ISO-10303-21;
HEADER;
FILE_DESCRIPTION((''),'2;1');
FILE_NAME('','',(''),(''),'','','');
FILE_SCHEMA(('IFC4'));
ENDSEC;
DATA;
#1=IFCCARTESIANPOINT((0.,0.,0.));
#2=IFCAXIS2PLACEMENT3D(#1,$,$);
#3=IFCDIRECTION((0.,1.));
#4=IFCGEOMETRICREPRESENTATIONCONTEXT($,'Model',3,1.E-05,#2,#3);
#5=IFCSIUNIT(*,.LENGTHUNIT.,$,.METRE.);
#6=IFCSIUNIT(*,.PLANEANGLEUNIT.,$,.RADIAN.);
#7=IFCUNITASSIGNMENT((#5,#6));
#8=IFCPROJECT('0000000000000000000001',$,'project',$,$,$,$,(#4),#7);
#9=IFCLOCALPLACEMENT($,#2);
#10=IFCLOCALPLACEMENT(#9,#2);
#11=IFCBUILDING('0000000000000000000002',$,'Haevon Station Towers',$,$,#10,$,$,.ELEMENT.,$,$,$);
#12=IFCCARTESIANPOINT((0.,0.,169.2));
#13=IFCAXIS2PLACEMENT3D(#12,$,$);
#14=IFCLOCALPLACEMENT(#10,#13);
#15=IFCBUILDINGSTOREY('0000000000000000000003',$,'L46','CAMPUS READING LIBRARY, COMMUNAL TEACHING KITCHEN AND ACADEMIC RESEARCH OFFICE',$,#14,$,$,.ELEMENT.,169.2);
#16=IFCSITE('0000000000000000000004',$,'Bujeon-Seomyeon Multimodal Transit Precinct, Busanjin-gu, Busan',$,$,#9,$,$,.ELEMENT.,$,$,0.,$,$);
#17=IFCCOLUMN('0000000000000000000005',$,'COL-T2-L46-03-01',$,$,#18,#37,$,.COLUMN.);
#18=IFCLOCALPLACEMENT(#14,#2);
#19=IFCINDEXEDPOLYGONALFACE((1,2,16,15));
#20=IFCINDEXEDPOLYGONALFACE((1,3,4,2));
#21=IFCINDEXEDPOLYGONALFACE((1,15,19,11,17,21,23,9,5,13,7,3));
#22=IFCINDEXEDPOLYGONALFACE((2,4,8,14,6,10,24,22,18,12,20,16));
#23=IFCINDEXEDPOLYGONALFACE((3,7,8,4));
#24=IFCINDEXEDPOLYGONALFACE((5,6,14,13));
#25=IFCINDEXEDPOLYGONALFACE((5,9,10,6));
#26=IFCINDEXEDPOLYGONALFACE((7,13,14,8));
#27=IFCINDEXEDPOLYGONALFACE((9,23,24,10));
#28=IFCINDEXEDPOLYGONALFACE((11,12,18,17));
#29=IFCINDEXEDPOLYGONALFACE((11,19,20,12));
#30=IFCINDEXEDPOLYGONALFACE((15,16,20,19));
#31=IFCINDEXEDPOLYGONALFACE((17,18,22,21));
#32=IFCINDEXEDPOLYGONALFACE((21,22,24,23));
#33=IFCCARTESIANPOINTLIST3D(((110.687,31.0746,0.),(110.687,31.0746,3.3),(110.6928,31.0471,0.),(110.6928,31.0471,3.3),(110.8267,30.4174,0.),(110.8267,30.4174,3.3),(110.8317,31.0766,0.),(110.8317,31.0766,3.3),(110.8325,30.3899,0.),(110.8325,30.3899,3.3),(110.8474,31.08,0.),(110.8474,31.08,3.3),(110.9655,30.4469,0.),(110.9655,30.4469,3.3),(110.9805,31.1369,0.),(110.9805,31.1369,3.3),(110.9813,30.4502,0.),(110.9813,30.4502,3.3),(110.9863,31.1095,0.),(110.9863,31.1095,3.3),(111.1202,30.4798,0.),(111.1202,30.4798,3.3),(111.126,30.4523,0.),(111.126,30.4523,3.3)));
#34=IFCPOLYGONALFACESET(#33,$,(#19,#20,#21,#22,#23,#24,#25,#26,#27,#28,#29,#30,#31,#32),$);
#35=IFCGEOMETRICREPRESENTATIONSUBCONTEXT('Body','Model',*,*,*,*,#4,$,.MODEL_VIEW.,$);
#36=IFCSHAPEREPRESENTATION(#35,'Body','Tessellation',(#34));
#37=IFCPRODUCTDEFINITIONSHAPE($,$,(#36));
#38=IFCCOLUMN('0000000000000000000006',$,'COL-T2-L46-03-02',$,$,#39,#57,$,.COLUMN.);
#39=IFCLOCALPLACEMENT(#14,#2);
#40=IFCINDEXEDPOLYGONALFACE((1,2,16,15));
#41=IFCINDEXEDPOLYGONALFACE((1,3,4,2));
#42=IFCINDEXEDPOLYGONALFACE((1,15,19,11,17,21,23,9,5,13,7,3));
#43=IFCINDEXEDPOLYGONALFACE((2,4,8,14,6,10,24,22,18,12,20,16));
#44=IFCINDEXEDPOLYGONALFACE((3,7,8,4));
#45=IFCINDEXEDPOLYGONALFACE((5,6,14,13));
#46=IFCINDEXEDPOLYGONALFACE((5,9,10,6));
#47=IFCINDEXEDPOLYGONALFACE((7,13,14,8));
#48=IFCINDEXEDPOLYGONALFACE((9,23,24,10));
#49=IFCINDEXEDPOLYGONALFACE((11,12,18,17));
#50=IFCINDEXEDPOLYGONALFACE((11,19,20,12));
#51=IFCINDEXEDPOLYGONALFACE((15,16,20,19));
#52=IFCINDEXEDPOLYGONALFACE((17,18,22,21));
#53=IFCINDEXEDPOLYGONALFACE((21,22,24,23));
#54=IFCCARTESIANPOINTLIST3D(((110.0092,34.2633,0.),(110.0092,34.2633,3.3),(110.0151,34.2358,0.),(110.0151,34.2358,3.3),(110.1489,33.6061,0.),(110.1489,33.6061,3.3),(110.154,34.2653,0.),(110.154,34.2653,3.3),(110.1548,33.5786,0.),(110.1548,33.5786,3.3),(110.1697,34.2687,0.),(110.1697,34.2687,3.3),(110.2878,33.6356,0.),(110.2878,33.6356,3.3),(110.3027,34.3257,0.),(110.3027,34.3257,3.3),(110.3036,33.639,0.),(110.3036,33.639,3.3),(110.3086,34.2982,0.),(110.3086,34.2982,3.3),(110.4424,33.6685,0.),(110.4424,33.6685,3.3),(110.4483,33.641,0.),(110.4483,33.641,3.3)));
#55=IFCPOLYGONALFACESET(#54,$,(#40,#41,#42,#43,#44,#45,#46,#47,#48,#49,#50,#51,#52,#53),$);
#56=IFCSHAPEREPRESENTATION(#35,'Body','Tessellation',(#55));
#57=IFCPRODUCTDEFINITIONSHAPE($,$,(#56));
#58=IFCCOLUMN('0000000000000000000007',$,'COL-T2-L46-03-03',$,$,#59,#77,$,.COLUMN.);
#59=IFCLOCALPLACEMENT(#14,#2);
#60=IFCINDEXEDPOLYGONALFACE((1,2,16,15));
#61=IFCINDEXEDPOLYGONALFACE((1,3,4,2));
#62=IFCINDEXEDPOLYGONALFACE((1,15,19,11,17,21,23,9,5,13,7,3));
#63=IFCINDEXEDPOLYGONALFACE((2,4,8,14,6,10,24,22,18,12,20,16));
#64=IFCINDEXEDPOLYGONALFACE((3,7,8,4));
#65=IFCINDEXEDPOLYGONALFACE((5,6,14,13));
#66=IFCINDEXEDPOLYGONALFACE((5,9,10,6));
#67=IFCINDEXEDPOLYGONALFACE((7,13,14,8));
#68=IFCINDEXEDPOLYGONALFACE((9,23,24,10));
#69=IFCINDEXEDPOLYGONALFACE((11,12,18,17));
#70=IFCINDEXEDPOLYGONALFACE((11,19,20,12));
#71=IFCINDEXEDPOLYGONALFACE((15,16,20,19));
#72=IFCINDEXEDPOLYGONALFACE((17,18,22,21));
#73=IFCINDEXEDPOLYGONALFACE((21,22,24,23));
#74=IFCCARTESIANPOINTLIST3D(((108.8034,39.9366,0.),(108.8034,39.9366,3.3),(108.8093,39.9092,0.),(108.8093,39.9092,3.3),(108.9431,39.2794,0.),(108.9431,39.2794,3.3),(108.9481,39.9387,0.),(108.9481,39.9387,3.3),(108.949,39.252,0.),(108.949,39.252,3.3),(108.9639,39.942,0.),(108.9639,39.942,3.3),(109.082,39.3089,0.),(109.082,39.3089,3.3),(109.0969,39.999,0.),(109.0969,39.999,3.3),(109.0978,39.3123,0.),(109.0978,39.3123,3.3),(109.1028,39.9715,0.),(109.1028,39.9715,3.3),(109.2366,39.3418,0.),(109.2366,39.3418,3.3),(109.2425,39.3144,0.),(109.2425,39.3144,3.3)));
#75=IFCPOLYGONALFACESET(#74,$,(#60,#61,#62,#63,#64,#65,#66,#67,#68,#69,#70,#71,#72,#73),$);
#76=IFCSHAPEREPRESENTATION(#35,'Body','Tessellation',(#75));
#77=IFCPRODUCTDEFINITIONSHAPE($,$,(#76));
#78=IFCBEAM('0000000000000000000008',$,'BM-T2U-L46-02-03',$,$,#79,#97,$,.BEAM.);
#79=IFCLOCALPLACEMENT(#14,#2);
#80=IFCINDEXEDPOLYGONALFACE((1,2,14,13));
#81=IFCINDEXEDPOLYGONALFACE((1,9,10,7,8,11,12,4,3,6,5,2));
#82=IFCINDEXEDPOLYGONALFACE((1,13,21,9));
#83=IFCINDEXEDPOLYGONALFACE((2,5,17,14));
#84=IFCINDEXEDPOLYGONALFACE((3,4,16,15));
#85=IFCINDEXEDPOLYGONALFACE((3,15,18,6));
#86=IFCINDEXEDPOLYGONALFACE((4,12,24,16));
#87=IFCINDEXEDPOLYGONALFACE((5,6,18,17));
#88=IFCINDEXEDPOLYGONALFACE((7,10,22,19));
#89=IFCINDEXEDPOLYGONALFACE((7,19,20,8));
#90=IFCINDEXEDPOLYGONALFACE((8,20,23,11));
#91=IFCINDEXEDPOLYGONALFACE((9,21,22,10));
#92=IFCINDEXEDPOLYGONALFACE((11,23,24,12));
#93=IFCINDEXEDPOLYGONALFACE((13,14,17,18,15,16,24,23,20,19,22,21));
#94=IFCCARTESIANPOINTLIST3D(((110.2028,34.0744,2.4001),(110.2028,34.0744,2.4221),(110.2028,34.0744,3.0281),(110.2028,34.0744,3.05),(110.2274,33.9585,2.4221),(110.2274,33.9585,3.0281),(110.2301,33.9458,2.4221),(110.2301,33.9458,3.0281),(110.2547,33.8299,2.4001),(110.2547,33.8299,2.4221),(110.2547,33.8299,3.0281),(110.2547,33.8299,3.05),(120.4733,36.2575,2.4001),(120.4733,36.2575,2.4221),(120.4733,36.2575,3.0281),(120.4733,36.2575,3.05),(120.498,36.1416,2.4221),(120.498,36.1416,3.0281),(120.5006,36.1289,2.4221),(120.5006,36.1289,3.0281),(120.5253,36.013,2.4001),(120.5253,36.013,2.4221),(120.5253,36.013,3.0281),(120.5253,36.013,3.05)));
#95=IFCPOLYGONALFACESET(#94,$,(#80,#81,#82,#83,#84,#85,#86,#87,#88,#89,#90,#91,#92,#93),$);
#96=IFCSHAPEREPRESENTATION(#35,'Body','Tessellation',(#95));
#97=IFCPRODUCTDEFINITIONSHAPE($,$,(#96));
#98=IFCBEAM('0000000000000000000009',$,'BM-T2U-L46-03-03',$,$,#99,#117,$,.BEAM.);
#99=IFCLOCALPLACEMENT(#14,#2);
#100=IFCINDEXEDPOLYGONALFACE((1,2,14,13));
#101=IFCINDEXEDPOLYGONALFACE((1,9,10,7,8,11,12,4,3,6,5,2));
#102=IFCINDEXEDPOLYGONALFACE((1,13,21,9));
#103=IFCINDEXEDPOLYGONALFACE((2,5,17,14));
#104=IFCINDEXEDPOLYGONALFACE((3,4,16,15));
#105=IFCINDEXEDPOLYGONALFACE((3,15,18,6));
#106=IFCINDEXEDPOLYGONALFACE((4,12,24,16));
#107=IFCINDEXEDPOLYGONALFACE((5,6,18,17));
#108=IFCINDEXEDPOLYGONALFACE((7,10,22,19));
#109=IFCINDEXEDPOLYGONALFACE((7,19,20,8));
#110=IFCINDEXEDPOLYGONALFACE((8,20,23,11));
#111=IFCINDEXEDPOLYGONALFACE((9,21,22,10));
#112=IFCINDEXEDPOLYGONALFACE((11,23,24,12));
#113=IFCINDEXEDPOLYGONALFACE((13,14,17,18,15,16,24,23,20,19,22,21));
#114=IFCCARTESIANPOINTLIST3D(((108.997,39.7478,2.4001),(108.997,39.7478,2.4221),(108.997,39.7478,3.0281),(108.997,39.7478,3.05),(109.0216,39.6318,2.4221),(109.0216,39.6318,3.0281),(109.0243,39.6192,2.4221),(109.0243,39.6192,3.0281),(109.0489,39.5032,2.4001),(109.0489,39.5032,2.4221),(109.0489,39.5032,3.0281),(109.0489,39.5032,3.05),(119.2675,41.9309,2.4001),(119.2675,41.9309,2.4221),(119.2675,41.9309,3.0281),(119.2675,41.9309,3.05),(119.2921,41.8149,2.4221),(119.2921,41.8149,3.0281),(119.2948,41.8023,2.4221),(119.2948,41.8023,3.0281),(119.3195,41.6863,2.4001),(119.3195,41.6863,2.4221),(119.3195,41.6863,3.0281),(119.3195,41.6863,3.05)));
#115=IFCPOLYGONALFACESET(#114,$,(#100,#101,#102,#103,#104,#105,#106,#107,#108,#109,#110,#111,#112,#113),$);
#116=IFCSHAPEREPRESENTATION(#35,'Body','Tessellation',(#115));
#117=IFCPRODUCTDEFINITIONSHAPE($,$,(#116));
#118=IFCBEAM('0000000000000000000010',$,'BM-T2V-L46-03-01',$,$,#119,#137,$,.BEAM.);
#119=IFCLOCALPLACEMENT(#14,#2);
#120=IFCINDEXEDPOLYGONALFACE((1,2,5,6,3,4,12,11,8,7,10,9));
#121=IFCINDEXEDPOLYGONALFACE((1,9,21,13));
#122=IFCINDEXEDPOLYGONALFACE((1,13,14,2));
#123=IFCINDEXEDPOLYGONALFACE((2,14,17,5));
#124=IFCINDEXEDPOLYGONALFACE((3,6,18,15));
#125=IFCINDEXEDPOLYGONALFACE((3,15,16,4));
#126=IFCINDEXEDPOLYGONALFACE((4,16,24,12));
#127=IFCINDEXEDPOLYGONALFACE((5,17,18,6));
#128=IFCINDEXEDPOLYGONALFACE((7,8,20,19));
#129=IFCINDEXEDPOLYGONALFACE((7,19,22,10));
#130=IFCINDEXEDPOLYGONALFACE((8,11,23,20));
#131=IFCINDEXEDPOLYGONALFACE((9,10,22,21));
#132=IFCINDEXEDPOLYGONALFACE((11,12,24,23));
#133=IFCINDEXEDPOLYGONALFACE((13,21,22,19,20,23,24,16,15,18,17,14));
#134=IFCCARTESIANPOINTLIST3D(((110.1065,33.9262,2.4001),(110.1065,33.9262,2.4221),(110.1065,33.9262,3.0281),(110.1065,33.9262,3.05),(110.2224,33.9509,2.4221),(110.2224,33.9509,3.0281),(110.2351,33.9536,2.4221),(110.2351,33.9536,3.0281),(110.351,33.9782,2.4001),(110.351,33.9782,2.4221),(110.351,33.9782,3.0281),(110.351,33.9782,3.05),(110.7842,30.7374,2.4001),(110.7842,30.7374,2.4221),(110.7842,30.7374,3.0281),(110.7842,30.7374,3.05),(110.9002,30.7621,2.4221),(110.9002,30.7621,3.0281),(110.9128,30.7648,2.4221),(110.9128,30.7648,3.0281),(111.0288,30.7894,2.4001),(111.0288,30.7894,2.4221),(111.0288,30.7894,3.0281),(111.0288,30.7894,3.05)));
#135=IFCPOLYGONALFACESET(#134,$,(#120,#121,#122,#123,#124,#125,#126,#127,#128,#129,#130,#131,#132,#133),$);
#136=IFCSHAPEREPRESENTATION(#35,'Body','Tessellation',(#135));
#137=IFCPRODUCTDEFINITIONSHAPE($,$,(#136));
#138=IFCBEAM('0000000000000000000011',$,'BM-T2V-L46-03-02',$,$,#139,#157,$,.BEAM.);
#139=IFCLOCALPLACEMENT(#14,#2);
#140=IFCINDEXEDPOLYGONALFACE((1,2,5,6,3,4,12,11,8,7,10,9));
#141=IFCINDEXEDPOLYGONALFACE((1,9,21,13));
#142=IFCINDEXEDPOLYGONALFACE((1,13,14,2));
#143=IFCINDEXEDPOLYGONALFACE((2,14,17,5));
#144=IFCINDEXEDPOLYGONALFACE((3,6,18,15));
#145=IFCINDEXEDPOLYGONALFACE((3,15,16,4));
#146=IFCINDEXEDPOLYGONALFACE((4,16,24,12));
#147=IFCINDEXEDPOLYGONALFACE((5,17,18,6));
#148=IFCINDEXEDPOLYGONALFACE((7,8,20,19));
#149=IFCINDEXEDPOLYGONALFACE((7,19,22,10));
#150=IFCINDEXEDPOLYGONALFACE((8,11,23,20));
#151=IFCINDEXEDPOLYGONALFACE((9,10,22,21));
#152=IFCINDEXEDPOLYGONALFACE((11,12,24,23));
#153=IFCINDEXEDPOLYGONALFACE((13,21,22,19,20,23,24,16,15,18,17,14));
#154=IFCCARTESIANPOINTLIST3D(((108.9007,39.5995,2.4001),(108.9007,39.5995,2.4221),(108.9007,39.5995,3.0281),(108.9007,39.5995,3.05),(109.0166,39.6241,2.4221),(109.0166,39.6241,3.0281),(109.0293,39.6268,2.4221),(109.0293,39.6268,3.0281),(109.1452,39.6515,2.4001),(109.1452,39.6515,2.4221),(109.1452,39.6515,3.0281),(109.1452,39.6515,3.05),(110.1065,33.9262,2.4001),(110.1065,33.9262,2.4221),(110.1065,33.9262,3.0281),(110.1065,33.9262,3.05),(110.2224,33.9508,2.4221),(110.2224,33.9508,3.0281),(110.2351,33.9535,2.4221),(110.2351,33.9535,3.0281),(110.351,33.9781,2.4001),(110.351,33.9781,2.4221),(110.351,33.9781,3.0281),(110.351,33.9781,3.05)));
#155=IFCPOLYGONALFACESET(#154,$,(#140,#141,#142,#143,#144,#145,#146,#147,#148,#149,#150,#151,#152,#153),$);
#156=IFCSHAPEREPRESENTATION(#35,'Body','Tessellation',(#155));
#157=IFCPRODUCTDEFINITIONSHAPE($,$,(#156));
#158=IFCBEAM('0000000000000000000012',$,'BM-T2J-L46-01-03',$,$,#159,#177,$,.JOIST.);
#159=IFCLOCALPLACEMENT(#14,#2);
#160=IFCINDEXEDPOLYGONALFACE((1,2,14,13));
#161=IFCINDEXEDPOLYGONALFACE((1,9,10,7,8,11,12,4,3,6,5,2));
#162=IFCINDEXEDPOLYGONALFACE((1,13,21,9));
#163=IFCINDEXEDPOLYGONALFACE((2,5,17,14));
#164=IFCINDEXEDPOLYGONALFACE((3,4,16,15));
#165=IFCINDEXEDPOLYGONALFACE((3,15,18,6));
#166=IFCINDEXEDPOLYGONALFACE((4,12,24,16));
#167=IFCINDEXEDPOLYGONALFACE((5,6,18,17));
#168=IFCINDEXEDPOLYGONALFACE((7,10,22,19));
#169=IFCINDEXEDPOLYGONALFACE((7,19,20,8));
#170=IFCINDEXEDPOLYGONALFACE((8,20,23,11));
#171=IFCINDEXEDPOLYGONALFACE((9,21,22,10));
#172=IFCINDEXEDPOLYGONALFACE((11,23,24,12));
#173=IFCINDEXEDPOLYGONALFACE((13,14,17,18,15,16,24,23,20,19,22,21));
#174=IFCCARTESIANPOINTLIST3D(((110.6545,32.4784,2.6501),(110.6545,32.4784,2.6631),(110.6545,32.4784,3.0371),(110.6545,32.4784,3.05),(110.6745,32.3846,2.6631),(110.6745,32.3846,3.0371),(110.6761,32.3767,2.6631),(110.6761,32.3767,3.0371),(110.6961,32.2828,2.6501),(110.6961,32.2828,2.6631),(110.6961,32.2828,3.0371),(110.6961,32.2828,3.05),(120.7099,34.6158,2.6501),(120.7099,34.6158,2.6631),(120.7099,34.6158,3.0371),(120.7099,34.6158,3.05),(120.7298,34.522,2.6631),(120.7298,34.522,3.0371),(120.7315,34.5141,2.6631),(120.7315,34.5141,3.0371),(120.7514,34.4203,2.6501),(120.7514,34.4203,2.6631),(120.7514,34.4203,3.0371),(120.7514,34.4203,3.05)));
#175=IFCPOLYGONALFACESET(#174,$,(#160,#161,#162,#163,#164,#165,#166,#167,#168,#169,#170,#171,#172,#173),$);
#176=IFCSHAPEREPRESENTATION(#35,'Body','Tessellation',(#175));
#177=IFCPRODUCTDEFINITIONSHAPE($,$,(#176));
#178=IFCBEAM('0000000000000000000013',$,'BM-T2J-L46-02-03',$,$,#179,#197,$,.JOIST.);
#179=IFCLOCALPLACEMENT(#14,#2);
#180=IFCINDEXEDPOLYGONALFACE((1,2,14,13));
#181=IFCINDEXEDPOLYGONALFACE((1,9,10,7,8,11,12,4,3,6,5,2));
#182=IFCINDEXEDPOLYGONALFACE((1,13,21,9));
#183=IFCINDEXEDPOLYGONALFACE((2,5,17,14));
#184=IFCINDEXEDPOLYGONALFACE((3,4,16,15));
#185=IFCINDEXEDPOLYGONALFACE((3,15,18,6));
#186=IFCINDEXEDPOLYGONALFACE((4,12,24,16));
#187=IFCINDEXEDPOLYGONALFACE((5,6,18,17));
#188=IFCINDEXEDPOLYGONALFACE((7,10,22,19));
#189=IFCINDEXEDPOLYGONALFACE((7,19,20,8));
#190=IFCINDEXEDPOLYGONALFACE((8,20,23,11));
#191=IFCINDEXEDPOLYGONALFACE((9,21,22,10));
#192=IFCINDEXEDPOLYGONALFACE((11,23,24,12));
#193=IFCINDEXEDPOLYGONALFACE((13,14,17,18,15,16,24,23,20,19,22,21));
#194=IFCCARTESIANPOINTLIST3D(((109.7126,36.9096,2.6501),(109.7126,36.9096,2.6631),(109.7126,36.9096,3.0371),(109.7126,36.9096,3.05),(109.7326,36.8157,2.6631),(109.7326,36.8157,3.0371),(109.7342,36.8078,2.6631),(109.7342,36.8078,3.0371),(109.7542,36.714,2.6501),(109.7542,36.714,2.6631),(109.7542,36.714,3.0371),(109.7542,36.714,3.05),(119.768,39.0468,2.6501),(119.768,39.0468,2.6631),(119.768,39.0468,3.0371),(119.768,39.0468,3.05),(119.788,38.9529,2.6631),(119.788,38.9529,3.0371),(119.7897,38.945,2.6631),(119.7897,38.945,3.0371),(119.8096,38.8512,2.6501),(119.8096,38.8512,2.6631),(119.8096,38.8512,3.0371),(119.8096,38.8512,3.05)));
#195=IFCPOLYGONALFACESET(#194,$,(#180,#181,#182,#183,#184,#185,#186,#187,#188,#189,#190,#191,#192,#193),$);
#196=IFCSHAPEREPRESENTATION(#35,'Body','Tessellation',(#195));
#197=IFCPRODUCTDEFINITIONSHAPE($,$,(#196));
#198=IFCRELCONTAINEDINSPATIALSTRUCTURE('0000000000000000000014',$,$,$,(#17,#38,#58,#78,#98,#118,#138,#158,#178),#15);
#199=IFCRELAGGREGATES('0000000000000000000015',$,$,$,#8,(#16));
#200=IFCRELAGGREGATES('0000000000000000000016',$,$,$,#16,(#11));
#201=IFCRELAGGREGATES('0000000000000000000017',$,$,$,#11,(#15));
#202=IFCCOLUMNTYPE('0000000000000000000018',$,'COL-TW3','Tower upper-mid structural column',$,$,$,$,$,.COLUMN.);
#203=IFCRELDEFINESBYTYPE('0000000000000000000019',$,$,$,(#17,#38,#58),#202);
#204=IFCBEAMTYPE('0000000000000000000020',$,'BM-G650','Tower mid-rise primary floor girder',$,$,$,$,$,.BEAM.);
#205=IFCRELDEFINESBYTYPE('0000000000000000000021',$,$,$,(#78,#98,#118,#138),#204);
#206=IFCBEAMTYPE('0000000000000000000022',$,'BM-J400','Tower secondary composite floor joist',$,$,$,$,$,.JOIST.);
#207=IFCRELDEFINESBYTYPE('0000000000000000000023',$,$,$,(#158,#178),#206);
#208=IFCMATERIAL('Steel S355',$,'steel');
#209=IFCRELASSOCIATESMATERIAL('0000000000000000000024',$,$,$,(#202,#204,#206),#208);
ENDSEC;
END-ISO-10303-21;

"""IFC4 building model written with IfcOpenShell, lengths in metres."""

from ifc_helpers import new_model, si_unit, direction, frame, origin, origin_2d, place, context, subcontext, project, spatial, i_section, extrude, material, material_profile, profile_set, type_object, element, save


model = new_model("IFC4")

# Units and contexts
model_context = context("Model", 3, precision=1e-05, world=origin(), true_north=direction((0.0, 1.0)))
body_context = subcontext(model_context, "Body", "Model", "MODEL_VIEW")
ifc_project = project(units=[si_unit("LENGTHUNIT", "METRE"), si_unit("PLANEANGLEUNIT", "RADIAN")], contexts=[model_context])

# Site, building, storey
site_placement = place(None, origin())
site = spatial("IfcSite", under=ifc_project, at=site_placement, Name="Bujeon-Seomyeon Multimodal Transit Precinct, Busanjin-gu, Busan", CompositionType="ELEMENT", RefElevation=0.0)
building_placement = place(site_placement, origin())
building = spatial("IfcBuilding", under=site, at=building_placement, Name="Haevon Station Towers", CompositionType="ELEMENT")
storey_placement = place(building_placement, frame((0.0, 0.0, 169.2)))
storey = spatial("IfcBuildingStorey", under=building, at=storey_placement, Name="L46", Description="CAMPUS READING LIBRARY, COMMUNAL TEACHING KITCHEN AND ACADEMIC RESEARCH OFFICE", CompositionType="ELEMENT", Elevation=169.2)

# Columns
ifc_material_1 = material(Name="Steel S355", Category="steel")
ifc_material_profile_1 = material_profile(ifc_material_1, i_section(OverallWidth=0.3, OverallDepth=0.7, WebThickness=0.0161, FlangeThickness=0.0281, at=origin_2d()), Name="H-700x300x16x28")
ifc_profile_set_1 = profile_set([ifc_material_profile_1], Name="Steel S355")
column_type = type_object("IfcColumnType", Name="COL-TW3", Description="Tower upper-mid structural column", PredefinedType="COLUMN", material=ifc_profile_set_1)
for number, where, z_axis, x_axis, name in (
    (1, (110.9065, 30.7634, 0.0), (0.0, 0.0, 1.0), (0.978148, 0.207912, 0.0), "COL-T2-L46-03-01"),
    (2, (110.2288, 33.9521, 0.0), (0.0, 0.0, 1.0), (0.978148, 0.207912, 0.0), "COL-T2-L46-03-02"),
    (3, (109.0229, 39.6255, 0.0), (0.0, 0.0, 1.0), (0.978148, 0.207912, 0.0), "COL-T2-L46-03-03"),
):
    element("IfcColumn", number, at=place(storey_placement, frame(where, z_axis=z_axis, x_axis=x_axis)), inside=storey, type_object=column_type, Name=name, PredefinedType="COLUMN", context=body_context, shape_type="SweptSolid", body=[
        extrude(i_section(OverallWidth=0.3, OverallDepth=0.7, WebThickness=0.0161, FlangeThickness=0.0281, at=origin_2d()), origin(), (0.0, 0.0, 1.0), 3.3),
    ])

# Beams
ifc_material_profile_2 = material_profile(ifc_material_1, i_section(OverallWidth=0.25, OverallDepth=0.6499, WebThickness=0.0129, FlangeThickness=0.022, at=origin_2d()), Name="H-650x250x13x22")
ifc_profile_set_2 = profile_set([ifc_material_profile_2], Name="Steel S355")
beam_type_1 = type_object("IfcBeamType", Name="BM-G650", Description="Tower mid-rise primary floor girder", PredefinedType="BEAM", material=ifc_profile_set_2)
for number, where, z_axis, x_axis, name in (
    (4, (110.2288, 33.9521, 2.7251), (0.978147, 0.207915, 0.0), (-0.207915, 0.978147, 0.0), "BM-T2U-L46-02-03"),
    (5, (109.0229, 39.6255, 2.7251), (0.978147, 0.207915, 0.0), (-0.207915, 0.978147, 0.0), "BM-T2U-L46-03-03"),
):
    element("IfcBeam", number, at=place(storey_placement, frame(where, z_axis=z_axis, x_axis=x_axis)), inside=storey, type_object=beam_type_1, Name=name, PredefinedType="BEAM", context=body_context, shape_type="SweptSolid", body=[
        extrude(i_section(OverallWidth=0.25, OverallDepth=0.6499, WebThickness=0.0129, FlangeThickness=0.022, at=origin_2d()), origin(), (0.0, 0.0, 1.0), 10.5),
    ])
beam_1_placement = place(storey_placement, frame((110.9065, 30.7634, 2.7251), z_axis=(-0.207897, 0.978151, 0.0), x_axis=(-0.978151, -0.207897, 0.0)))
element("IfcBeam", 6, at=beam_1_placement, inside=storey, type_object=beam_type_1, Name="BM-T2V-L46-03-01", PredefinedType="BEAM", context=body_context, shape_type="SweptSolid", body=[
    extrude(i_section(OverallWidth=0.25, OverallDepth=0.6499, WebThickness=0.0129, FlangeThickness=0.022, at=origin_2d()), origin(), (0.0, 0.0, 1.0), 3.26),
])
beam_2_placement = place(storey_placement, frame((110.2288, 33.9521, 2.7251), z_axis=(-0.207896, 0.978151, 0.0), x_axis=(-0.978151, -0.207896, 0.0)))
element("IfcBeam", 7, at=beam_2_placement, inside=storey, type_object=beam_type_1, Name="BM-T2V-L46-03-02", PredefinedType="BEAM", context=body_context, shape_type="SweptSolid", body=[
    extrude(i_section(OverallWidth=0.25, OverallDepth=0.6499, WebThickness=0.0129, FlangeThickness=0.022, at=origin_2d()), origin(), (0.0, 0.0, 1.0), 5.8),
])
ifc_material_profile_3 = material_profile(ifc_material_1, i_section(OverallWidth=0.2, OverallDepth=0.3999, WebThickness=0.0081, FlangeThickness=0.0129, at=origin_2d()), Name="H-400x200x8x13")
ifc_profile_set_3 = profile_set([ifc_material_profile_3], Name="Steel S355")
beam_type_2 = type_object("IfcBeamType", Name="BM-J400", Description="Tower secondary composite floor joist", PredefinedType="JOIST", material=ifc_profile_set_3)
for number, where, z_axis, x_axis, name in (
    (8, (110.6753, 32.3806, 2.8501), (0.978146, 0.207922, 0.0), (-0.207922, 0.978146, 0.0), "BM-T2J-L46-01-03"),
    (9, (109.7334, 36.8118, 2.8501), (0.97815, 0.207899, 0.0), (-0.207899, 0.97815, 0.0), "BM-T2J-L46-02-03"),
):
    element("IfcBeam", number, at=place(storey_placement, frame(where, z_axis=z_axis, x_axis=x_axis)), inside=storey, type_object=beam_type_2, Name=name, PredefinedType="JOIST", context=body_context, shape_type="SweptSolid", body=[
        extrude(i_section(OverallWidth=0.2, OverallDepth=0.3999, WebThickness=0.0081, FlangeThickness=0.0129, at=origin_2d()), origin(), (0.0, 0.0, 1.0), 10.28),
    ])

save(model, "model.ifc")
